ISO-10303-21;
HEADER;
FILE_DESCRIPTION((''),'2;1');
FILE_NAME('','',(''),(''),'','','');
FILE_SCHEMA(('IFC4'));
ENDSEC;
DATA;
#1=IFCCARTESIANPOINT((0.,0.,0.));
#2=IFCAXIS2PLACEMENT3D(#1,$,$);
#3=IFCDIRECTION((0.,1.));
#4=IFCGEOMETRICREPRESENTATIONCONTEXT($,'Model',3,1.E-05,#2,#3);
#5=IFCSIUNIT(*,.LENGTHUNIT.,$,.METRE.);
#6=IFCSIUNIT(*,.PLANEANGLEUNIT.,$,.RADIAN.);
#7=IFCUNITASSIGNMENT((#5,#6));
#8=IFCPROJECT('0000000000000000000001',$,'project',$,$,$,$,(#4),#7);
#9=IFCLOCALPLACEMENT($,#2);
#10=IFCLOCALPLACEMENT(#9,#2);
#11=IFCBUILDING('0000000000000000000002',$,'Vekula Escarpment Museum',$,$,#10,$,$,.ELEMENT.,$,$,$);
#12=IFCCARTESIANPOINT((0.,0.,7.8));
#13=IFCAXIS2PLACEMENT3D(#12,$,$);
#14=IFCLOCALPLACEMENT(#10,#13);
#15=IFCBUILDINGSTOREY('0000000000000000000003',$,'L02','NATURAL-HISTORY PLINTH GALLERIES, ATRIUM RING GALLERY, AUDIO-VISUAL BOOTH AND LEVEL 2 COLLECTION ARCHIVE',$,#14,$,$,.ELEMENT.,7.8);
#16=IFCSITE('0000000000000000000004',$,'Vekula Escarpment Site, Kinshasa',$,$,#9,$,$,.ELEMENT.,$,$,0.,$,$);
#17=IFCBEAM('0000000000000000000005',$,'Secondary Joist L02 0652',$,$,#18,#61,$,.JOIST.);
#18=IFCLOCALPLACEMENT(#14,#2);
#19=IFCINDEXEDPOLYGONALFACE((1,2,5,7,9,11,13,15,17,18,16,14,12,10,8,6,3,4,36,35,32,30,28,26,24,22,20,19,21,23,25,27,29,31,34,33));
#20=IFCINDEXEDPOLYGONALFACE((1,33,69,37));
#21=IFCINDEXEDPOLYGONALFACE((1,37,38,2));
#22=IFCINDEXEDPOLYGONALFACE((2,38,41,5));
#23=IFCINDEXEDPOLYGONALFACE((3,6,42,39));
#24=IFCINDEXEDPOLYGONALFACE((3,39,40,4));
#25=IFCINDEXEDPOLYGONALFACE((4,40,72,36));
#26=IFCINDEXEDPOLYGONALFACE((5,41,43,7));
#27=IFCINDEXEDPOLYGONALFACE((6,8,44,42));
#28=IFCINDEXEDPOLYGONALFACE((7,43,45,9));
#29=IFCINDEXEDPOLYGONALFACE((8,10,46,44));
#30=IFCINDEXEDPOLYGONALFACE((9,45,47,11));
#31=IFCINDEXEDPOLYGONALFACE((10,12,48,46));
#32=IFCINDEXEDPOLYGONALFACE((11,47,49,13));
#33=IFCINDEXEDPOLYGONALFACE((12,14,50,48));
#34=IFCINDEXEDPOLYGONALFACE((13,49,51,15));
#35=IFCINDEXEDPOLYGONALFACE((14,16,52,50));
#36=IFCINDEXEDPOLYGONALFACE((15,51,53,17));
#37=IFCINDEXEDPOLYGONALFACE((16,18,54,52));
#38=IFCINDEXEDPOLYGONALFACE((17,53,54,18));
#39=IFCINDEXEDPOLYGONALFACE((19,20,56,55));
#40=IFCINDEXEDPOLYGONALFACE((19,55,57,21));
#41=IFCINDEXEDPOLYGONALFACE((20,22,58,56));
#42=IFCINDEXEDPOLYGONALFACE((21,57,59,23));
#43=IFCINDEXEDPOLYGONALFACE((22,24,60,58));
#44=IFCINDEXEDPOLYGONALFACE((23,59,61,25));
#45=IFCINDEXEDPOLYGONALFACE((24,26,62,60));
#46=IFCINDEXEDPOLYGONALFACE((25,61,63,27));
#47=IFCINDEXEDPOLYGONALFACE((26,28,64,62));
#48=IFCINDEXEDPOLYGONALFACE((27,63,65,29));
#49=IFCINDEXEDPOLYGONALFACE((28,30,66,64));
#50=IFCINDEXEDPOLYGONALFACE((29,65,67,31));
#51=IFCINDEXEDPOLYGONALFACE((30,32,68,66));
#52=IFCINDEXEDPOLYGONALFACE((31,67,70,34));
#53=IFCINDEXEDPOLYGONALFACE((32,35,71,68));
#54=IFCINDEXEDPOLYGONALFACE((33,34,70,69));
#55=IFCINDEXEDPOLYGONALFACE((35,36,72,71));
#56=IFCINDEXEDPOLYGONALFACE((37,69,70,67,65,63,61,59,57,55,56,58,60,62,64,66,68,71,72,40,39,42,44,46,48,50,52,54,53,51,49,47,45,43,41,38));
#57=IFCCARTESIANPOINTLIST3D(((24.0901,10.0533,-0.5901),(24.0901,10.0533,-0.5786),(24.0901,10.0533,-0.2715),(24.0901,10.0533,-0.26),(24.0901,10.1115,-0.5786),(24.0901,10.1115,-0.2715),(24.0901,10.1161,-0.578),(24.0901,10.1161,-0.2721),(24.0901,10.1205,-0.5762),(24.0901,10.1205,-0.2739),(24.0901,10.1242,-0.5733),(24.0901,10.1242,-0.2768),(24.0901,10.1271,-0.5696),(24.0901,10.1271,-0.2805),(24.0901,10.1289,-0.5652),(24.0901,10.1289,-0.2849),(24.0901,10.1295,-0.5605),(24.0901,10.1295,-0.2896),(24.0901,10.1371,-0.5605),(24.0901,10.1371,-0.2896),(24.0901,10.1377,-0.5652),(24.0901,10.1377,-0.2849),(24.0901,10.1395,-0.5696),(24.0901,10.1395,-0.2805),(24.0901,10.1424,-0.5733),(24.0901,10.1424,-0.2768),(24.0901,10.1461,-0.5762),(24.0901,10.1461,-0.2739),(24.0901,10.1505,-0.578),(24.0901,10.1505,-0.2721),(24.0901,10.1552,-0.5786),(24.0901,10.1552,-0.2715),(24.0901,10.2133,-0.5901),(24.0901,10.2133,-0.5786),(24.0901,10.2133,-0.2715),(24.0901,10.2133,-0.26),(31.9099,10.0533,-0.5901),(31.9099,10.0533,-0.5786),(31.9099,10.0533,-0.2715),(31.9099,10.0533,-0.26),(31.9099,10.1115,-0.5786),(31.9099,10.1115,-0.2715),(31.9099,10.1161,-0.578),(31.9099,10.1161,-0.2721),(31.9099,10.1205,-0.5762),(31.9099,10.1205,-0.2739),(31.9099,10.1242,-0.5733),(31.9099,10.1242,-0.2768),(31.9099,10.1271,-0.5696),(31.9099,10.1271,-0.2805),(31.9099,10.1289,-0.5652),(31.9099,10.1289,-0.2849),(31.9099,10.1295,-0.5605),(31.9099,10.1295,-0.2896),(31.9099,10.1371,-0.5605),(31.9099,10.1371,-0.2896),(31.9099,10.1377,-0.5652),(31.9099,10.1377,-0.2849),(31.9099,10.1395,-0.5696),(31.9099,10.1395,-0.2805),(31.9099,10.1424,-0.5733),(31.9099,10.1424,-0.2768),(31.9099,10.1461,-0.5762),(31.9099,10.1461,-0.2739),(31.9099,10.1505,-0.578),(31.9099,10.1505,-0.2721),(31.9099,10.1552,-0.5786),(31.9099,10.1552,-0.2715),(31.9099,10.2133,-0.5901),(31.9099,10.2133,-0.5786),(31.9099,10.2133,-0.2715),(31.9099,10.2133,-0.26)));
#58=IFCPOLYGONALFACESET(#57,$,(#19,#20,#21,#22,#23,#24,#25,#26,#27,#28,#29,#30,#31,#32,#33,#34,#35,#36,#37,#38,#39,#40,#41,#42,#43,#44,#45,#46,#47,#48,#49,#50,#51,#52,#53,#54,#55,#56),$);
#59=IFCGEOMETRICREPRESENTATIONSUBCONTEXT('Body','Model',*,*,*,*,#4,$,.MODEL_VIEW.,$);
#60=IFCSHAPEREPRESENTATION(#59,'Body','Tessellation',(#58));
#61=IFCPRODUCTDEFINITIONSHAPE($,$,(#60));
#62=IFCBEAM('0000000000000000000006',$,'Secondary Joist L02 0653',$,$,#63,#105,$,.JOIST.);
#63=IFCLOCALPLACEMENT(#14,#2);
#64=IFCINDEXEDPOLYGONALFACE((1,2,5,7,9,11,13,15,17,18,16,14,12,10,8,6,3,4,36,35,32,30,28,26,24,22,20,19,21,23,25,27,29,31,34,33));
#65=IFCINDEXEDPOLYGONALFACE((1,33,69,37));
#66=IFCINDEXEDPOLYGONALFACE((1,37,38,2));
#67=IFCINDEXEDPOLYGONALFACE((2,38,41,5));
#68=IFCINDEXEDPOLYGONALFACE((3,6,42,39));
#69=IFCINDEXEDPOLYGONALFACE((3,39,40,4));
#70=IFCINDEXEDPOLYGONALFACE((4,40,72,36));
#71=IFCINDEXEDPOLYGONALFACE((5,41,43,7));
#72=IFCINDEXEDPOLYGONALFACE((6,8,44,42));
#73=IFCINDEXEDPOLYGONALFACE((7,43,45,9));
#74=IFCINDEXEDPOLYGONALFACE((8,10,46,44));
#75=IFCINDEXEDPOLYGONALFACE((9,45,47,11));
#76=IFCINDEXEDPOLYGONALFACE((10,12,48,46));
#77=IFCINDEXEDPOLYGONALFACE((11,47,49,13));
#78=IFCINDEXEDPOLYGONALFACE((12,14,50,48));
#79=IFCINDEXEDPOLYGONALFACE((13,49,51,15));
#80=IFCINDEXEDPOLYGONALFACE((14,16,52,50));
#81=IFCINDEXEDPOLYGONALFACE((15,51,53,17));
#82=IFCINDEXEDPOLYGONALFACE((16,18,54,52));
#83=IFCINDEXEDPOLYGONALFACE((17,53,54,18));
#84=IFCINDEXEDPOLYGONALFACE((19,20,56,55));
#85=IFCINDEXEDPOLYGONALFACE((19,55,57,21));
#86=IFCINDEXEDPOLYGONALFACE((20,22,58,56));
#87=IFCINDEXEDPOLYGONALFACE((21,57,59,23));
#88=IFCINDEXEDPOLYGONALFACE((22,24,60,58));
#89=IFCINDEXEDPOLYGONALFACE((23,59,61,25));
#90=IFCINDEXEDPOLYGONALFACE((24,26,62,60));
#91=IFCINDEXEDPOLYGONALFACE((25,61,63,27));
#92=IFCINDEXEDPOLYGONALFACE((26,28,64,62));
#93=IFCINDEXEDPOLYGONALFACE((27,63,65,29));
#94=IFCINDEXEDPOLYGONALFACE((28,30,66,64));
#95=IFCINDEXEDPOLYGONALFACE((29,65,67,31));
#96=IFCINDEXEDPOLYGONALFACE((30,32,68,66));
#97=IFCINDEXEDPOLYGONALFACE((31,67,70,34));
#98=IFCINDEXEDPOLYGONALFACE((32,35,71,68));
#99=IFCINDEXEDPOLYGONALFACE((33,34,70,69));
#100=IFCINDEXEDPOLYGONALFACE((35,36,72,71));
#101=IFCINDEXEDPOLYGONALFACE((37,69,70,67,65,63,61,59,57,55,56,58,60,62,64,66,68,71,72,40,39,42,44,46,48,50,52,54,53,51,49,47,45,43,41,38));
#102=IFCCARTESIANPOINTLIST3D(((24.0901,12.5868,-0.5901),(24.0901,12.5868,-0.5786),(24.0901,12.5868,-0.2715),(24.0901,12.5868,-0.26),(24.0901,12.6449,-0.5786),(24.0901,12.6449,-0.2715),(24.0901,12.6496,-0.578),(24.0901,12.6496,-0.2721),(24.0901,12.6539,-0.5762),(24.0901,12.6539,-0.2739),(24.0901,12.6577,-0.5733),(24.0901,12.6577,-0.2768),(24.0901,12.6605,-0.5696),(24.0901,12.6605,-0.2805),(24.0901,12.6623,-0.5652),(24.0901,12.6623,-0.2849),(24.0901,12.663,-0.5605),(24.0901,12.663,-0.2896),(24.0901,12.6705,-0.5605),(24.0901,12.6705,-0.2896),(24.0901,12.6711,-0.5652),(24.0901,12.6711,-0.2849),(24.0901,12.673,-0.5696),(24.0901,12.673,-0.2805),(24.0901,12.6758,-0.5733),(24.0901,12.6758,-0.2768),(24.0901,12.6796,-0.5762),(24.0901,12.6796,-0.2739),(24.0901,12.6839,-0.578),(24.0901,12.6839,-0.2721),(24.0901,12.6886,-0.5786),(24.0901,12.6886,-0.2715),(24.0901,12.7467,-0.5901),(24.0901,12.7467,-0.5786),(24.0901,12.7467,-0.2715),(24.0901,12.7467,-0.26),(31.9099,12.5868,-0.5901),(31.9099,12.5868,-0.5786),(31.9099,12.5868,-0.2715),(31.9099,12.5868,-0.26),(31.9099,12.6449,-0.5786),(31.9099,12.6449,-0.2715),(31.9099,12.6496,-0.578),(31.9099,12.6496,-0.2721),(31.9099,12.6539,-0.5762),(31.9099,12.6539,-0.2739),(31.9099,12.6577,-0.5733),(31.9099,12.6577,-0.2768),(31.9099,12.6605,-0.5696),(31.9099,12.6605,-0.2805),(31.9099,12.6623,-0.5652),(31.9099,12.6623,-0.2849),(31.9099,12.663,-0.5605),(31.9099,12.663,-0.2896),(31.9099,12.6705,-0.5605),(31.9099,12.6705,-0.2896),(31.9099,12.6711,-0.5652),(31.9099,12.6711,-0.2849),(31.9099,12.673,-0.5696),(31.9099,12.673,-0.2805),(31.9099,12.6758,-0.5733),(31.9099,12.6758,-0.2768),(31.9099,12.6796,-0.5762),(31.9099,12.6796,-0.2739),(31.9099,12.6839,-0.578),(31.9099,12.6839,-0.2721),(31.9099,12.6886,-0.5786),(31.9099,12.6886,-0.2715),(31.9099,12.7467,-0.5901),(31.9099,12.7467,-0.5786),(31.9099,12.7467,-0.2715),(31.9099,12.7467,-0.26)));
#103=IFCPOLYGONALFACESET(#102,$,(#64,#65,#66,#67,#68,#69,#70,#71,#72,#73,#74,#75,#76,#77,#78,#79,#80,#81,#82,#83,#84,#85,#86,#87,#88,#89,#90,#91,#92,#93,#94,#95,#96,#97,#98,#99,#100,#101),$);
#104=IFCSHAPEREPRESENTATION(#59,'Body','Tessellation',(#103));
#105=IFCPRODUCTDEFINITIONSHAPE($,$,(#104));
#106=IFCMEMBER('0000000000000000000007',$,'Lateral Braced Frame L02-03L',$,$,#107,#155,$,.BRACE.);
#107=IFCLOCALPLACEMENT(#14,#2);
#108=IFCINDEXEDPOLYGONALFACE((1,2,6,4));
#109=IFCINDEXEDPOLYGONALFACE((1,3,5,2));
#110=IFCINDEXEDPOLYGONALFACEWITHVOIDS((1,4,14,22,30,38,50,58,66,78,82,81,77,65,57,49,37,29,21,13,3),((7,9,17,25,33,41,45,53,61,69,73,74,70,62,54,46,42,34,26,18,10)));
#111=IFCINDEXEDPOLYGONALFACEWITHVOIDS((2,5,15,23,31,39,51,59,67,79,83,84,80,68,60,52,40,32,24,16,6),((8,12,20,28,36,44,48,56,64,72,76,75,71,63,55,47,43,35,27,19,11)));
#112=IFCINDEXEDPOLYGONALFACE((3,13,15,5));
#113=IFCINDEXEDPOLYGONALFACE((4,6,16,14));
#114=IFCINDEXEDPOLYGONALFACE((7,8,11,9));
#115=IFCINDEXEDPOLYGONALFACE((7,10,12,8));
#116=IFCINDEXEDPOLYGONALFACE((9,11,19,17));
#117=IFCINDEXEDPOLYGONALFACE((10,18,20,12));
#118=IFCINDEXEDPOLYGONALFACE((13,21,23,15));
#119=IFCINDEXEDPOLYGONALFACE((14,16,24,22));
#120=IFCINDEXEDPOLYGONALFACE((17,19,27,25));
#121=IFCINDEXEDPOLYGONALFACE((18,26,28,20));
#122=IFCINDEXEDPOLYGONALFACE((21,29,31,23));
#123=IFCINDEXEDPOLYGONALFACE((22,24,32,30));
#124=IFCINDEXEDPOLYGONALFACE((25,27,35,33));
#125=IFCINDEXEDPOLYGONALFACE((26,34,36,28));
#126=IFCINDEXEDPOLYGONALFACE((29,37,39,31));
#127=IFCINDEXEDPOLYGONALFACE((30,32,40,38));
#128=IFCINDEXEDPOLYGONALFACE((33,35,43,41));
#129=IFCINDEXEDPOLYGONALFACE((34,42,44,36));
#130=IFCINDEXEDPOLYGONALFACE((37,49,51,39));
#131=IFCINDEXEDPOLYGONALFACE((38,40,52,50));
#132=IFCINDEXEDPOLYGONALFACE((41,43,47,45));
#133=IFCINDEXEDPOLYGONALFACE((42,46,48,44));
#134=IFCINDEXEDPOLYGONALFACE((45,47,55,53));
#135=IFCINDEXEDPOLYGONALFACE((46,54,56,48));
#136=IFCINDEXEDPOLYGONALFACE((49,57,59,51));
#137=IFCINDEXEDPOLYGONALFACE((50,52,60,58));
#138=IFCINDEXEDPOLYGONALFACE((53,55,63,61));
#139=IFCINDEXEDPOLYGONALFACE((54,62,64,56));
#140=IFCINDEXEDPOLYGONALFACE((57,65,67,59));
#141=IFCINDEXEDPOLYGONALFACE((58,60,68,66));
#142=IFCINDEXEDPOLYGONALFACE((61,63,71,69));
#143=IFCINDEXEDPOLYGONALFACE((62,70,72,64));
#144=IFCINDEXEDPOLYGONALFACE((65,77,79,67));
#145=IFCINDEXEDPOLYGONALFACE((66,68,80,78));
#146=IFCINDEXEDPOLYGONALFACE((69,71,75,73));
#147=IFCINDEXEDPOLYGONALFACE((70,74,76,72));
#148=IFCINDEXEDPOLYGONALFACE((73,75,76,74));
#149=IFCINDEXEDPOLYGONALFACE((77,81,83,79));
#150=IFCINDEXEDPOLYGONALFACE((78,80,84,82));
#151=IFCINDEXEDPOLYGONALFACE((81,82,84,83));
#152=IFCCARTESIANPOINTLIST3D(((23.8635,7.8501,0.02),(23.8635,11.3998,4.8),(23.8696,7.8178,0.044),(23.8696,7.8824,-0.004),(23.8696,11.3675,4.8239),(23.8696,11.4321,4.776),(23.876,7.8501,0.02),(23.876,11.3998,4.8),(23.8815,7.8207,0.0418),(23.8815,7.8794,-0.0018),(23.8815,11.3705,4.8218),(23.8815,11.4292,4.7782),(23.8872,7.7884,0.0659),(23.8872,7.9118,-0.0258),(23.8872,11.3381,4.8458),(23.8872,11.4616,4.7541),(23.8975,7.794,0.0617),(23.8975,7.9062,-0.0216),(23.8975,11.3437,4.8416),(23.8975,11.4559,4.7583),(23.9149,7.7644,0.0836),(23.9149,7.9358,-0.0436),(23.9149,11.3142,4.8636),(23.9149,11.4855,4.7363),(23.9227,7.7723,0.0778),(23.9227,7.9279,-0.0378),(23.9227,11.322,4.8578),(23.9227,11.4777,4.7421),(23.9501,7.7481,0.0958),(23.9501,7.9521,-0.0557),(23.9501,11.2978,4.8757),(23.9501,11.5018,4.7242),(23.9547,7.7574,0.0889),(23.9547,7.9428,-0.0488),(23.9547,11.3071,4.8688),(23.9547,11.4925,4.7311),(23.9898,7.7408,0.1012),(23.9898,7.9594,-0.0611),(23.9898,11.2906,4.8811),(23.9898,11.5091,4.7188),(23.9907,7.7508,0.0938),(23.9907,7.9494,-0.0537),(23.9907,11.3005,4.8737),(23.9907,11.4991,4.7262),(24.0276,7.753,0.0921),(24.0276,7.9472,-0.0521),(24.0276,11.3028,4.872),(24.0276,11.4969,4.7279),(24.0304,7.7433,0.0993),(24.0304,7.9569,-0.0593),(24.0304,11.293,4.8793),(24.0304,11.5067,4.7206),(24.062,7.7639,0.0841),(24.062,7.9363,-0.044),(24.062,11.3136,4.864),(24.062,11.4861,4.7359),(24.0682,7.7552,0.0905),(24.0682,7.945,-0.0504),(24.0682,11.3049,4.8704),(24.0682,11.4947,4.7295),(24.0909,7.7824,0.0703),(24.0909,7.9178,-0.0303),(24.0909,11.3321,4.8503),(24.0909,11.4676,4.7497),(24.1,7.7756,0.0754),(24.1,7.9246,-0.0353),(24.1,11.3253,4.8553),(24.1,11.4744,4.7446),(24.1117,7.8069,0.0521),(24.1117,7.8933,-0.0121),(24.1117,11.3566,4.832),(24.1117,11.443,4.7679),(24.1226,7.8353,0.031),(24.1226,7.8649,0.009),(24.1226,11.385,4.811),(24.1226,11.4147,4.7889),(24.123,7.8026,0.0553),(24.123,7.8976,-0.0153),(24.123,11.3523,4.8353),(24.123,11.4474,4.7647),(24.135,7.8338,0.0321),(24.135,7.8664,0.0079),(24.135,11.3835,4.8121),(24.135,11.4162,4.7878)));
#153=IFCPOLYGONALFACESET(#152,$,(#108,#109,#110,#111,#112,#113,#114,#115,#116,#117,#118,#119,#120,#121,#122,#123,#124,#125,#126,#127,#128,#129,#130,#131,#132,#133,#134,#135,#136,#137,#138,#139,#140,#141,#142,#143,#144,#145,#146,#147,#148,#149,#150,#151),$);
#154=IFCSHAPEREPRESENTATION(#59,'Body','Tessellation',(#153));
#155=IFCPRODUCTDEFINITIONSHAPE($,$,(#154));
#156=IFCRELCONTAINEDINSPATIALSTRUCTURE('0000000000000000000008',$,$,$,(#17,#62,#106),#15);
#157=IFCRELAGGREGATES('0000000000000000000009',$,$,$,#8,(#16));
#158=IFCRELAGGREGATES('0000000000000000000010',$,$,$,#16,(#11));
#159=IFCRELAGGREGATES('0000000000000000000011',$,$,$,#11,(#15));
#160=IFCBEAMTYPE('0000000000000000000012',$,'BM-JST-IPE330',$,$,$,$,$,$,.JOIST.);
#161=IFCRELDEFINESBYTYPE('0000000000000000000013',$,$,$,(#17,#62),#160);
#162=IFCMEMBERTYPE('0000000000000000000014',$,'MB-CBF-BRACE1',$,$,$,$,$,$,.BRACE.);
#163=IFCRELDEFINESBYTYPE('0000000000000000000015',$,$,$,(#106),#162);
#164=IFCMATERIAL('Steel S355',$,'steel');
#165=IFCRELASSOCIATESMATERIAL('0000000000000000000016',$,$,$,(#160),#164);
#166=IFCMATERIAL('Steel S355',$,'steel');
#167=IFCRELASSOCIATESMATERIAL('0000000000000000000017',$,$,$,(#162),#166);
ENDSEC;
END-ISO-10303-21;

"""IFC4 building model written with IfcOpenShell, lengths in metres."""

from ifc_helpers import new_model, si_unit, direction, frame, origin, origin_2d, place, context, subcontext, project, spatial, hollow_circle, i_section, extrude, material, material_profile, profile_set, type_object, element, save


model = new_model("IFC4")

# Units and contexts
model_context = context("Model", 3, precision=1e-05, world=origin(), true_north=direction((0.0, 1.0)))
body_context = subcontext(model_context, "Body", "Model", "MODEL_VIEW")
ifc_project = project(units=[si_unit("LENGTHUNIT", "METRE"), si_unit("PLANEANGLEUNIT", "RADIAN")], contexts=[model_context])

# Site, building, storey
site_placement = place(None, origin())
site = spatial("IfcSite", under=ifc_project, at=site_placement, Name="Vekula Escarpment Site, Kinshasa", CompositionType="ELEMENT", RefElevation=0.0)
building_placement = place(site_placement, origin())
building = spatial("IfcBuilding", under=site, at=building_placement, Name="Vekula Escarpment Museum", CompositionType="ELEMENT")
storey_placement = place(building_placement, frame((0.0, 0.0, 7.8)))
storey = spatial("IfcBuildingStorey", under=building, at=storey_placement, Name="L02", Description="NATURAL-HISTORY PLINTH GALLERIES, ATRIUM RING GALLERY, AUDIO-VISUAL BOOTH AND LEVEL 2 COLLECTION ARCHIVE", CompositionType="ELEMENT", Elevation=7.8)

# Beams
ifc_material_1 = material(Name="Steel S355", Category="steel")
ifc_material_profile_1 = material_profile(ifc_material_1, i_section(OverallWidth=0.1599, OverallDepth=0.3301, WebThickness=0.0076, FlangeThickness=0.0115, FilletRadius=0.0181, at=origin_2d()), Name="IPE 330")
ifc_profile_set_1 = profile_set([ifc_material_profile_1], Name="Steel S355")
beam_type_1 = type_object("IfcBeamType", Name="BM-JST-IPE330", PredefinedType="JOIST", material=ifc_profile_set_1)
for number, where, z_axis, x_axis, name in (
    (1, (24.0901, 10.1333, -0.425), (1.0, 0.0, 0.0), (0.0, 1.0, 0.0), "Secondary Joist L02 0652"),
    (2, (24.0901, 12.6667, -0.425), (1.0, 0.0, 0.0), (0.0, 1.0, 0.0), "Secondary Joist L02 0653"),
):
    element("IfcBeam", number, at=place(storey_placement, frame(where, z_axis=z_axis, x_axis=x_axis)), inside=storey, type_object=beam_type_1, Name=name, PredefinedType="JOIST", context=body_context, shape_type="SweptSolid", body=[
        extrude(i_section(OverallWidth=0.1599, OverallDepth=0.3301, WebThickness=0.0076, FlangeThickness=0.0115, FilletRadius=0.0181, at=origin_2d()), origin(), (0.0, 0.0, 1.0), 7.8198),
    ])

# Member
ifc_material_2 = material(Name="Steel S355", Category="steel")
ifc_material_profile_2 = material_profile(ifc_material_2, hollow_circle(Radius=0.1365, WallThickness=0.0125, at=origin_2d()), Name="CHS 273x12.5")
ifc_profile_set_2 = profile_set([ifc_material_profile_2], Name="Steel S355")
member_type = type_object("IfcMemberType", Name="MB-CBF-BRACE1", PredefinedType="BRACE", material=ifc_profile_set_2)
member_1_placement = place(storey_placement, frame((24.0, 7.8501, 0.02), z_axis=(0.0, 0.596208, 0.80283), x_axis=(-1.0, 0.0, 0.0)))
element("IfcMember", 3, at=member_1_placement, inside=storey, type_object=member_type, Name="Lateral Braced Frame L02-03L", PredefinedType="BRACE", context=body_context, shape_type="SweptSolid", body=[
    extrude(hollow_circle(Radius=0.1365, WallThickness=0.0125, at=origin_2d()), origin(), (0.0, 0.0, 1.0), 5.9539),
])

save(model, "model.ifc")
